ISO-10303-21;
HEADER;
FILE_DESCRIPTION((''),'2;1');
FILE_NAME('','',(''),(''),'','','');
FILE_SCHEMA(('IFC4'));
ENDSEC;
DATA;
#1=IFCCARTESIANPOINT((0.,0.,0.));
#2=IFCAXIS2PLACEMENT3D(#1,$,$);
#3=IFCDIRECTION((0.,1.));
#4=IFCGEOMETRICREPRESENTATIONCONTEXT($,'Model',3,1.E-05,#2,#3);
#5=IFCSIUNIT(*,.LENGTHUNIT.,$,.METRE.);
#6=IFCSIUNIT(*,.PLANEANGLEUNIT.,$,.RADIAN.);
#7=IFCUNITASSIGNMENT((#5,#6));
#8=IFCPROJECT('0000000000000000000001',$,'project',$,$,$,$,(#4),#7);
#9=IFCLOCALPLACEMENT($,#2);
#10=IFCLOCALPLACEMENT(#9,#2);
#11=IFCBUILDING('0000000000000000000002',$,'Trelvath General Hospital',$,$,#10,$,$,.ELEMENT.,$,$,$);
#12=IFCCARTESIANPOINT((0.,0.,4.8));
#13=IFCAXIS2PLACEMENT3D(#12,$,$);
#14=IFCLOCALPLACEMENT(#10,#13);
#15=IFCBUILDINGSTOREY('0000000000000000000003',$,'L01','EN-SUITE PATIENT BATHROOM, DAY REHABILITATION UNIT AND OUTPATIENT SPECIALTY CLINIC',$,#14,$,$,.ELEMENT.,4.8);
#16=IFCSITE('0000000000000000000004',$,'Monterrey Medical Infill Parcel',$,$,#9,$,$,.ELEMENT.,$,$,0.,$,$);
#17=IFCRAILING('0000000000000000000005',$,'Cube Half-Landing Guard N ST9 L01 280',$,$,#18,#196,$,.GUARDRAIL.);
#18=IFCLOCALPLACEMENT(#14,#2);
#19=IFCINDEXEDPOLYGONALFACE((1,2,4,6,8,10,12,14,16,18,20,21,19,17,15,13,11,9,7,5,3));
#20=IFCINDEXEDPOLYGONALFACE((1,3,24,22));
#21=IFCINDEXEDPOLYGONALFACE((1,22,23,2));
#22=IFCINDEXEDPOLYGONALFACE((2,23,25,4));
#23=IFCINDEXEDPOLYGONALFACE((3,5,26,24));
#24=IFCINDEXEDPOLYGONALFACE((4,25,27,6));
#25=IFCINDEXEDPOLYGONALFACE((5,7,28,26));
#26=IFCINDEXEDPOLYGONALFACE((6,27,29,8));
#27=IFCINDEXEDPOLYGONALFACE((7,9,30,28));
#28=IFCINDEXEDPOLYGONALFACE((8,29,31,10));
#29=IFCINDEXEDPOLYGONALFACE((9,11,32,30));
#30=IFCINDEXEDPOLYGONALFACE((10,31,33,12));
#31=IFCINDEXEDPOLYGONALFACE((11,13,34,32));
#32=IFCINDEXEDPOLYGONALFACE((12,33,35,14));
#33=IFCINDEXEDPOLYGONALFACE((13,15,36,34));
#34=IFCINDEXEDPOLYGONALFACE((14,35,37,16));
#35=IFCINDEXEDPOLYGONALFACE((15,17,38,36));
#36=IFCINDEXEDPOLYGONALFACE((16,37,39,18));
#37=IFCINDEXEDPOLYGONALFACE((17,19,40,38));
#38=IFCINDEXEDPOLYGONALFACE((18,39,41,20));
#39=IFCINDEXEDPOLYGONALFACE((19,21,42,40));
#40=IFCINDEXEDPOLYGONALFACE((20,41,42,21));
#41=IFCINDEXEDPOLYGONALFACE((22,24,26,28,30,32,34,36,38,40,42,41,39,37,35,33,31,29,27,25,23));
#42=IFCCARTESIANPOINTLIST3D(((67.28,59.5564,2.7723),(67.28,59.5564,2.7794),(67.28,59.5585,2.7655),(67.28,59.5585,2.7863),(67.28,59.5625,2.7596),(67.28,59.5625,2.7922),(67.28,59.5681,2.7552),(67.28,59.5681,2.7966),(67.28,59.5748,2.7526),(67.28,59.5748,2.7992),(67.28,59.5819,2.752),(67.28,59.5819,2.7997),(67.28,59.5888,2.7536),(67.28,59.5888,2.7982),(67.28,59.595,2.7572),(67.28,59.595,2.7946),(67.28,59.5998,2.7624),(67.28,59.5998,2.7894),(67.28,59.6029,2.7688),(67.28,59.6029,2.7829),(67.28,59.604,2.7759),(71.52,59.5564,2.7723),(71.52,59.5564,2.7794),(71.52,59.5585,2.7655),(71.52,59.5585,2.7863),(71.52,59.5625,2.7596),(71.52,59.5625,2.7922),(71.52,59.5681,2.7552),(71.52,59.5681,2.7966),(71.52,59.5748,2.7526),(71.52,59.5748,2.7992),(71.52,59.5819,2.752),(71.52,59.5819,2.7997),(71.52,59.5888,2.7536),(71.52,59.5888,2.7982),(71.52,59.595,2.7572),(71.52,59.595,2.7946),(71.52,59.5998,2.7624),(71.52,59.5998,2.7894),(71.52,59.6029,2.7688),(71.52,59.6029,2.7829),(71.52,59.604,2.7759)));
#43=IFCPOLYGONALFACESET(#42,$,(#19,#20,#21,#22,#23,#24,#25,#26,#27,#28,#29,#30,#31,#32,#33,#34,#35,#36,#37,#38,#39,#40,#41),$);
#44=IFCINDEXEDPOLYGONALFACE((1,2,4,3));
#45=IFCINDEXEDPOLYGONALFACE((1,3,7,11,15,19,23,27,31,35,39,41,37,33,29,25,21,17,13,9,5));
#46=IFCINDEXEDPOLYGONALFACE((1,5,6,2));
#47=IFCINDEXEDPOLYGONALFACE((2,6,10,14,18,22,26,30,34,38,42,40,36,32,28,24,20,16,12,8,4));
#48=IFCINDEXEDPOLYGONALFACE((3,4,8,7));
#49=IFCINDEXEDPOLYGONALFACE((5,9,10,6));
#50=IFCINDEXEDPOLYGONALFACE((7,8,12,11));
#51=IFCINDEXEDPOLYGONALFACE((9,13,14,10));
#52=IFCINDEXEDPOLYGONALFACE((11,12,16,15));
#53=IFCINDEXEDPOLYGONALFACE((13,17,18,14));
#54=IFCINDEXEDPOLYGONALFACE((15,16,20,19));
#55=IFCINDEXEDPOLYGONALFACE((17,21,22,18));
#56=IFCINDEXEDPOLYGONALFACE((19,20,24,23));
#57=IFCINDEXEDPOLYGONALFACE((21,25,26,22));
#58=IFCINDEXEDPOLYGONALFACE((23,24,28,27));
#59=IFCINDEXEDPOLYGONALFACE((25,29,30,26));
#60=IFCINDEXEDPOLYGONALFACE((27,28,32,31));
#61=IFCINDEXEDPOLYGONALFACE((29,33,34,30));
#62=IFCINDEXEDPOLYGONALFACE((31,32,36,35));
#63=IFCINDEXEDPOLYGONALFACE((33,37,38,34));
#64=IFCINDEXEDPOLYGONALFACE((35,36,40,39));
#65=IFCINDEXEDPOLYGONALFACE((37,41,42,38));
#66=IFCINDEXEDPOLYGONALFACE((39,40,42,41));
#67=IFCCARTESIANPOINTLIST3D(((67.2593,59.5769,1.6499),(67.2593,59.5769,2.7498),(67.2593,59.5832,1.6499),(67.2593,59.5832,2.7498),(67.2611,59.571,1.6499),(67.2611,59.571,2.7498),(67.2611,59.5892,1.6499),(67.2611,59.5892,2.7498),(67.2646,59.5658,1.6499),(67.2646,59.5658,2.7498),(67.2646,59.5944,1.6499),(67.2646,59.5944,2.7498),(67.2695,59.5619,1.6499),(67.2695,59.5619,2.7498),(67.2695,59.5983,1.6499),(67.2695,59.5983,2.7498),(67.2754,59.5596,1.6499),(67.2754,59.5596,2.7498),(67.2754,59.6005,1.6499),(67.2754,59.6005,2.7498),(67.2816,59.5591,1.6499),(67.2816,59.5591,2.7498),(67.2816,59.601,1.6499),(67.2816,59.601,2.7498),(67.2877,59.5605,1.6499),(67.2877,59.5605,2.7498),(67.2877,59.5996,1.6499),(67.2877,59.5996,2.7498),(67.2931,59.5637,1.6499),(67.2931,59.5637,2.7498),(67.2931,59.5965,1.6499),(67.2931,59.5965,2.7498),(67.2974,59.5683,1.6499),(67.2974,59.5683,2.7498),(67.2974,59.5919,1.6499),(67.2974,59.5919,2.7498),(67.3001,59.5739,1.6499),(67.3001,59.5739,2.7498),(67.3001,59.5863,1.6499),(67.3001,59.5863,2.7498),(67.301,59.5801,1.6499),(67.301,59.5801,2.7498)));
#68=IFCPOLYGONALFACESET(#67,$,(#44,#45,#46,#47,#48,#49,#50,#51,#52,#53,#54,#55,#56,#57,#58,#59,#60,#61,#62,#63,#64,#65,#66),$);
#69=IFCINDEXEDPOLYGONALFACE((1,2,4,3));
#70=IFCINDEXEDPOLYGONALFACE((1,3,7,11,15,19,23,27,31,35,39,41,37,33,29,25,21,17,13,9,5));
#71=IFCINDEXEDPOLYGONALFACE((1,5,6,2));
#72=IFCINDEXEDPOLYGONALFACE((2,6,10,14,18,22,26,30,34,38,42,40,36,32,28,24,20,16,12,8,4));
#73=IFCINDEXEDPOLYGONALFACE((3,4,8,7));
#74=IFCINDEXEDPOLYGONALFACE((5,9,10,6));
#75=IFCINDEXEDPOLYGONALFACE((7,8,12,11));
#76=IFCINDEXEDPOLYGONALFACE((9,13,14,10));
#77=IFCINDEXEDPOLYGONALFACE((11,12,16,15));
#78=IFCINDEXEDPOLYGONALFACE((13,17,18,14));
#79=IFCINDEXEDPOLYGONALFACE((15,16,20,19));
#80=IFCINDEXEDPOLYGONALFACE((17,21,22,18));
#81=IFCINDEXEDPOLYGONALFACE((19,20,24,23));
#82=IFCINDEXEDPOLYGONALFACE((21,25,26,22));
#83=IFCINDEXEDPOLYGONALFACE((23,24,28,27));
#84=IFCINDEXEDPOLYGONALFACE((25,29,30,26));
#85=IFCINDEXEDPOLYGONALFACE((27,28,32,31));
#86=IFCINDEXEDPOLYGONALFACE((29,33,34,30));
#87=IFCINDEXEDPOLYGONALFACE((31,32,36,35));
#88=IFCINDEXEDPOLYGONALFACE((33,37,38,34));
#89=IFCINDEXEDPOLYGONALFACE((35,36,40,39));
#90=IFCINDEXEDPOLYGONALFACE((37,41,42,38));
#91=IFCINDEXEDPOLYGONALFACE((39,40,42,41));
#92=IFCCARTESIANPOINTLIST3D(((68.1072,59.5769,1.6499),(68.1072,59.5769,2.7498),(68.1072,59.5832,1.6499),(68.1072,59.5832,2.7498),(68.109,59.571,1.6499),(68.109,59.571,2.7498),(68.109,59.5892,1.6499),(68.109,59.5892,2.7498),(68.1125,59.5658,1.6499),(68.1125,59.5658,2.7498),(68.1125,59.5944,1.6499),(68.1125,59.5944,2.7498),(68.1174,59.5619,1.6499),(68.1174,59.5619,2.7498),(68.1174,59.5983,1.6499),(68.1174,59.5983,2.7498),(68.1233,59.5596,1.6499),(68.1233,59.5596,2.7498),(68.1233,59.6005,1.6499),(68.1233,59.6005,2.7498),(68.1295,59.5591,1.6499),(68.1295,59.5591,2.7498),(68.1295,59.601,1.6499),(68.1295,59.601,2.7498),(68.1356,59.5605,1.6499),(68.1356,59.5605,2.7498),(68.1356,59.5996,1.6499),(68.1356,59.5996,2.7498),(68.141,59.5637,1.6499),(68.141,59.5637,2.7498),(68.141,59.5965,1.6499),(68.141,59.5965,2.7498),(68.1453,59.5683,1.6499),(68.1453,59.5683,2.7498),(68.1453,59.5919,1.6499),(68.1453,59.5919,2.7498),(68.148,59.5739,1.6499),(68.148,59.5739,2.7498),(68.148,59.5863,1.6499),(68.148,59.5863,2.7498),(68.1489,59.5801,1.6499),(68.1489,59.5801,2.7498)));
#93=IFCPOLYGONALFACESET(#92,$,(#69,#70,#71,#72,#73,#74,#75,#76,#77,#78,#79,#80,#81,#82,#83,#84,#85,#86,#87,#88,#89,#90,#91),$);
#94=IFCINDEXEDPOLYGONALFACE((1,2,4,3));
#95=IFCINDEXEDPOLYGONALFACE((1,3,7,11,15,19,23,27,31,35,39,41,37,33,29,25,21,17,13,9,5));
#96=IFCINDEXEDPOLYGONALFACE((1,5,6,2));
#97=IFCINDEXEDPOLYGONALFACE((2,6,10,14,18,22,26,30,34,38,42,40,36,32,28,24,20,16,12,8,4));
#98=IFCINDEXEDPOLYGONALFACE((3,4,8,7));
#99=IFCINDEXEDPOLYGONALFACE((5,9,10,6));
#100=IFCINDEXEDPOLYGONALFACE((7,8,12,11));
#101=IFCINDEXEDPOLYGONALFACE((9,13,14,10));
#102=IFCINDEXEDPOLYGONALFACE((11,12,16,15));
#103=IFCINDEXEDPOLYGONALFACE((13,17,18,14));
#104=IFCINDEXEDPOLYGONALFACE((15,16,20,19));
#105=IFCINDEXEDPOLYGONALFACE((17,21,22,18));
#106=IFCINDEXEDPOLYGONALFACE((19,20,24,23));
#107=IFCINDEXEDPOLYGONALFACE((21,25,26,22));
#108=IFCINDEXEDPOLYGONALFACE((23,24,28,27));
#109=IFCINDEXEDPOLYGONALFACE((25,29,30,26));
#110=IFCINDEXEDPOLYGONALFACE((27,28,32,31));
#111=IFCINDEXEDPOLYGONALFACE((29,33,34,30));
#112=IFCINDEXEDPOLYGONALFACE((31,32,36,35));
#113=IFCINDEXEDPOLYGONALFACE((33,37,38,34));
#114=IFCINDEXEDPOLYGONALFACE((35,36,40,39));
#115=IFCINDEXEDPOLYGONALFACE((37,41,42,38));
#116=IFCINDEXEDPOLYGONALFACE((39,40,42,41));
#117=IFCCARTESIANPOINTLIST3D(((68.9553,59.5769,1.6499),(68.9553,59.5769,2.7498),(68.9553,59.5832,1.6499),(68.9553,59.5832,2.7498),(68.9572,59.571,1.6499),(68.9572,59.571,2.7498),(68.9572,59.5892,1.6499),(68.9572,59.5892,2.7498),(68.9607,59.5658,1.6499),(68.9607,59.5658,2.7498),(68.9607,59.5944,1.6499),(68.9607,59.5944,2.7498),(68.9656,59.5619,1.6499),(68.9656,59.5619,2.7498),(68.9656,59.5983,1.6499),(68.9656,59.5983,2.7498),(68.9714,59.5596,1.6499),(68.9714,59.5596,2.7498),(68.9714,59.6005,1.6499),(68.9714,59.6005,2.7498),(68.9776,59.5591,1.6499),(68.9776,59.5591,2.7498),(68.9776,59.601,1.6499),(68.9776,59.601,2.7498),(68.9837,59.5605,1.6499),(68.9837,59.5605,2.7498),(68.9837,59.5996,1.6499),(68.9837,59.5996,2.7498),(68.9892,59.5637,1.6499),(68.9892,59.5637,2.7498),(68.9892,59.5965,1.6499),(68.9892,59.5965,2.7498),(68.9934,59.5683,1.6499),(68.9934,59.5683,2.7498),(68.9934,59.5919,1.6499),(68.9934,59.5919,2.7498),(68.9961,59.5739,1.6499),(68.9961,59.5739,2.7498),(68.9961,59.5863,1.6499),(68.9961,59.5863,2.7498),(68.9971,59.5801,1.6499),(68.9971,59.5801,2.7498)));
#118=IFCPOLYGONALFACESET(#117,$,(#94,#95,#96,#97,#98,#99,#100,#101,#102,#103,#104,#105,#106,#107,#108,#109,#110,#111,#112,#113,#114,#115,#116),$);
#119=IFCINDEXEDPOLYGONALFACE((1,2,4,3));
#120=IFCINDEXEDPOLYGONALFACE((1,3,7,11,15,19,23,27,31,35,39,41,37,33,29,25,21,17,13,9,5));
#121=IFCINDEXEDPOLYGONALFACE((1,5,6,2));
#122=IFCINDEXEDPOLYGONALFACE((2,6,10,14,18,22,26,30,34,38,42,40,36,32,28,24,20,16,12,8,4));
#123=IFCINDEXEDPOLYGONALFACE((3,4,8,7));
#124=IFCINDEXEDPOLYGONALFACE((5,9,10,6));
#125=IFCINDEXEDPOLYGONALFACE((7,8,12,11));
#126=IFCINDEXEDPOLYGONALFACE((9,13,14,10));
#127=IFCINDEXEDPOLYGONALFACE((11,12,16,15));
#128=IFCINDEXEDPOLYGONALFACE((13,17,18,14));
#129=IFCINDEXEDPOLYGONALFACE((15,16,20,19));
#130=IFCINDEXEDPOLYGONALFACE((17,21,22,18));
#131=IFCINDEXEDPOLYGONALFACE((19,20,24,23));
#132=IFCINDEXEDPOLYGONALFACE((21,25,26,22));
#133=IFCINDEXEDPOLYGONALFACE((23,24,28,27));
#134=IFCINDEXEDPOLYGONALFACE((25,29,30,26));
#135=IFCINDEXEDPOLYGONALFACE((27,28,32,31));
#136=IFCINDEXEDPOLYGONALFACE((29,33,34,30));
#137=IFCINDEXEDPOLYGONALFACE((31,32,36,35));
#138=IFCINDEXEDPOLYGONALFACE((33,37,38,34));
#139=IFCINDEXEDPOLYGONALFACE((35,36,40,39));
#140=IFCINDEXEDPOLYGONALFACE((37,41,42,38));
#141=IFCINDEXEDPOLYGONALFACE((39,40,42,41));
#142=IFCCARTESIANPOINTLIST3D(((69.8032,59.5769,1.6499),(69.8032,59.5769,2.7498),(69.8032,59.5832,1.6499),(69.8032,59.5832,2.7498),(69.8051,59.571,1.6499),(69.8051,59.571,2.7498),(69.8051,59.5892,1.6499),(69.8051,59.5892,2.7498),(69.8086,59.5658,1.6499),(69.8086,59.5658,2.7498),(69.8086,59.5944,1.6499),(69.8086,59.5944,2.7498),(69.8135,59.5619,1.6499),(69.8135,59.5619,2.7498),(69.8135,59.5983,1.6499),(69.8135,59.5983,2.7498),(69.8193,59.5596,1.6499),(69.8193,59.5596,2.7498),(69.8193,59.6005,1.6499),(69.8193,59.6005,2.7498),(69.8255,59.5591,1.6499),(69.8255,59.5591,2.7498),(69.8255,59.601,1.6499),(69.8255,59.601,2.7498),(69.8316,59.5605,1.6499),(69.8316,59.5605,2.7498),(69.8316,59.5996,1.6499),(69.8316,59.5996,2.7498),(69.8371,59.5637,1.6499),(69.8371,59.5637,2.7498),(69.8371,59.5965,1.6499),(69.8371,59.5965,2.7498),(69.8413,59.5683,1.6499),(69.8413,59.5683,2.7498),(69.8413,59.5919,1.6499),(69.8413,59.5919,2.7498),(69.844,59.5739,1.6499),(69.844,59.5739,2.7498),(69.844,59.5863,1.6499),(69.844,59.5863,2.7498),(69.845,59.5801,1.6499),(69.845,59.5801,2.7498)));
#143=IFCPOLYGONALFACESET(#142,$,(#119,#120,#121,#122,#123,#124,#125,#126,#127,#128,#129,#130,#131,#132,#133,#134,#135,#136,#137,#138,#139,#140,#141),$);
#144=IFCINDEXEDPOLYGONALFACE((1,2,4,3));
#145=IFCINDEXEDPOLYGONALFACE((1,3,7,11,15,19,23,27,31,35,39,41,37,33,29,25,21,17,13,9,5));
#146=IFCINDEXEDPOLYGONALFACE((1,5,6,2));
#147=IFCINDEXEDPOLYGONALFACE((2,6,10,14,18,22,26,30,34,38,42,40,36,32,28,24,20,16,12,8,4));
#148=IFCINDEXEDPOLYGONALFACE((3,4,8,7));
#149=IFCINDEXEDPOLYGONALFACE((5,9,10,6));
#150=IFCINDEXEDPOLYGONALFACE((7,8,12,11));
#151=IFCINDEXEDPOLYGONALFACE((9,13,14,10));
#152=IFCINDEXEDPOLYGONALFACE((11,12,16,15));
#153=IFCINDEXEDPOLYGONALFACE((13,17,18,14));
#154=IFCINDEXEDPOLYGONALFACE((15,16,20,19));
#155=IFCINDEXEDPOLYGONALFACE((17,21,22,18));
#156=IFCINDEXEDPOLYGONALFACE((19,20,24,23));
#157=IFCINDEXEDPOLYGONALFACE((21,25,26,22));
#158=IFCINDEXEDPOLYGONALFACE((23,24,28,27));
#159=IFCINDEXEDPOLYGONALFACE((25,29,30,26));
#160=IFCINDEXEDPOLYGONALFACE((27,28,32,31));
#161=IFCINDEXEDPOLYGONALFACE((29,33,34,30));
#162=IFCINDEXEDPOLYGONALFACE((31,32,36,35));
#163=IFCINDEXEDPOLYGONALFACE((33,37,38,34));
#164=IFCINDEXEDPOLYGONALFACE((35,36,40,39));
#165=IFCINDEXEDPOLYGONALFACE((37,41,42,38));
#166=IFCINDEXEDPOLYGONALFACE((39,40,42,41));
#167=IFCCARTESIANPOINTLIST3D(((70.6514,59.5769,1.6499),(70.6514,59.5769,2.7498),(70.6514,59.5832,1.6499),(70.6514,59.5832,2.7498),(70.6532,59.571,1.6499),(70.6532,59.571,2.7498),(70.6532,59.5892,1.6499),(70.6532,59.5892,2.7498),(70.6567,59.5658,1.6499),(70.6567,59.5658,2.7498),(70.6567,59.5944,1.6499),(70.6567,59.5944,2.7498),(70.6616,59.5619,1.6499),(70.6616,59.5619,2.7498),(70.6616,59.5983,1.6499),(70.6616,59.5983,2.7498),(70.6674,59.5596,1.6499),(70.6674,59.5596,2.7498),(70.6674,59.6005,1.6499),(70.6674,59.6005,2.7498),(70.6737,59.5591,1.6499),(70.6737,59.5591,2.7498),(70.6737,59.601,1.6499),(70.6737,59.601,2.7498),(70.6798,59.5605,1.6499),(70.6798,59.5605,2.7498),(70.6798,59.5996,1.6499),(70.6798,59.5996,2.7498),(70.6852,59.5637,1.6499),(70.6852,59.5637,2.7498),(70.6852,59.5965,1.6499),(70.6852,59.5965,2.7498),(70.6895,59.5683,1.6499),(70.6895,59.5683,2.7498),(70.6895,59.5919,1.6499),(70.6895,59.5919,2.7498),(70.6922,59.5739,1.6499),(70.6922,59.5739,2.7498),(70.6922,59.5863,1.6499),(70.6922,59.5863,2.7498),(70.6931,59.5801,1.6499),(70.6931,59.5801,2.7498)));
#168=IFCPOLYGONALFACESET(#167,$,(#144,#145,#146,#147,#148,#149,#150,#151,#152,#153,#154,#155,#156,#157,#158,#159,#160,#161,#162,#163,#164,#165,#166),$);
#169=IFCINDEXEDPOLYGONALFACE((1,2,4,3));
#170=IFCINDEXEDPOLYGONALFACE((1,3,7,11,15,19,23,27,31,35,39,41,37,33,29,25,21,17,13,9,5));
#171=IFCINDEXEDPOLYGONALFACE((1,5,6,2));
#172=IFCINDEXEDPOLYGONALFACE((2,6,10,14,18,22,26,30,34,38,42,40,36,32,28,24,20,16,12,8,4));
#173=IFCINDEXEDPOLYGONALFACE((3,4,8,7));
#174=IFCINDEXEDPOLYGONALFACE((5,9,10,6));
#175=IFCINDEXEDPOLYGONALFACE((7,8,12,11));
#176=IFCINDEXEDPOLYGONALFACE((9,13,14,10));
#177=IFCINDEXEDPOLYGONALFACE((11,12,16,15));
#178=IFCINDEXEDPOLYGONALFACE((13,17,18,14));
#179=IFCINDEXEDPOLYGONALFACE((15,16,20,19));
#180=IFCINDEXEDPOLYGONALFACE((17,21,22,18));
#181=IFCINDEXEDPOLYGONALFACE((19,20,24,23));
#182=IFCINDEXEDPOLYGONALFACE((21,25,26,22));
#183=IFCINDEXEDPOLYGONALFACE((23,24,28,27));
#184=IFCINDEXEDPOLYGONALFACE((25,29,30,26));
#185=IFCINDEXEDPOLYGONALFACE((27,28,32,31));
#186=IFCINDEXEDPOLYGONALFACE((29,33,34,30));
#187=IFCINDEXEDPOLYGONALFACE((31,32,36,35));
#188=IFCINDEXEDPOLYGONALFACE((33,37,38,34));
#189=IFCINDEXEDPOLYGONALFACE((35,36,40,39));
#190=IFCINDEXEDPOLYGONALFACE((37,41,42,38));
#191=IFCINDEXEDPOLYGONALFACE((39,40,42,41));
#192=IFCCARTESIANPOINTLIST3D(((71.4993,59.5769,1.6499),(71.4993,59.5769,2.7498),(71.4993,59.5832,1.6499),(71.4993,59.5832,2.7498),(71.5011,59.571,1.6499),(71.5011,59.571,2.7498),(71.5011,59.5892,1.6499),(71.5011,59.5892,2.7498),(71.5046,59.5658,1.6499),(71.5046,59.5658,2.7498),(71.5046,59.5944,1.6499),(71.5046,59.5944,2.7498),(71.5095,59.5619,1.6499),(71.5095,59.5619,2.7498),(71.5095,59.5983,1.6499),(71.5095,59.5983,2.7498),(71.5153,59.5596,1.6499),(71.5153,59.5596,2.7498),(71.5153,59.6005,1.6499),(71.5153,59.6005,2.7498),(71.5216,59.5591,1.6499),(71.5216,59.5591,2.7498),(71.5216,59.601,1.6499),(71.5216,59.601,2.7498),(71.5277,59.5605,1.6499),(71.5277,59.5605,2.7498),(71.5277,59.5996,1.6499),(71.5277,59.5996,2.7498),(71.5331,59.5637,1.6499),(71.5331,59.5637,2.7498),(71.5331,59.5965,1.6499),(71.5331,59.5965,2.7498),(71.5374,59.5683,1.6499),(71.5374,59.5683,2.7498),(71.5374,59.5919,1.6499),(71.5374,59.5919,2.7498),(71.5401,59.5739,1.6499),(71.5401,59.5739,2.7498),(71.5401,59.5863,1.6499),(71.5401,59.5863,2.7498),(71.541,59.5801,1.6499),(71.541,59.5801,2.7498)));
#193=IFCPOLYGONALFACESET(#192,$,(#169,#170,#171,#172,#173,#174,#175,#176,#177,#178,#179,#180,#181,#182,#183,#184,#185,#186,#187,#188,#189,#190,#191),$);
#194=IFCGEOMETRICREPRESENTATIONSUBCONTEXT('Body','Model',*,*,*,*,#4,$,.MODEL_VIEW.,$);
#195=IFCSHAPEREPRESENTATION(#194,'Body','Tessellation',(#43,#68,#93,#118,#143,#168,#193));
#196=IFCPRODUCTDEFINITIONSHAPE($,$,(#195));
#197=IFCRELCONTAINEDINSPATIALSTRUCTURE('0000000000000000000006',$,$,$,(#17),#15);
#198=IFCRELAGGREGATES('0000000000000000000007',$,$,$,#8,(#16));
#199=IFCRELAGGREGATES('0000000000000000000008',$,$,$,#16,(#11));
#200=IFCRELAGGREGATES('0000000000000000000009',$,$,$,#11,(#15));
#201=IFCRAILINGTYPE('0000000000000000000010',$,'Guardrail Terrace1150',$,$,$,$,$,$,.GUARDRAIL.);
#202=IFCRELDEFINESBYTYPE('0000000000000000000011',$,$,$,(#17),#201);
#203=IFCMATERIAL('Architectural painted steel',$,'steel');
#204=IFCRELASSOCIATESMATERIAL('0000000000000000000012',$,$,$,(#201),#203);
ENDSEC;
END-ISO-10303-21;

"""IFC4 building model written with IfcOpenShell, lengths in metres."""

from ifc_helpers import new_model, si_unit, direction, frame, origin, origin_2d, place, context, subcontext, project, spatial, circle, extrude, material, type_object, element, save


model = new_model("IFC4")

# Units and contexts
model_context = context("Model", 3, precision=1e-05, world=origin(), true_north=direction((0.0, 1.0)))
body_context = subcontext(model_context, "Body", "Model", "MODEL_VIEW")
ifc_project = project(units=[si_unit("LENGTHUNIT", "METRE"), si_unit("PLANEANGLEUNIT", "RADIAN")], contexts=[model_context])

# Site, building, storey
site_placement = place(None, origin())
site = spatial("IfcSite", under=ifc_project, at=site_placement, Name="Monterrey Medical Infill Parcel", CompositionType="ELEMENT", RefElevation=0.0)
building_placement = place(site_placement, origin())
building = spatial("IfcBuilding", under=site, at=building_placement, Name="Trelvath General Hospital", CompositionType="ELEMENT")
storey_placement = place(building_placement, frame((0.0, 0.0, 4.8)))
storey = spatial("IfcBuildingStorey", under=building, at=storey_placement, Name="L01", Description="EN-SUITE PATIENT BATHROOM, DAY REHABILITATION UNIT AND OUTPATIENT SPECIALTY CLINIC", CompositionType="ELEMENT", Elevation=4.8)

# Railing
ifc_material_1 = material(Name="Architectural painted steel", Category="steel")
railing_type = type_object("IfcRailingType", Name="Guardrail Terrace1150", PredefinedType="GUARDRAIL", material=ifc_material_1)
railing_1_placement = place(storey_placement, frame((67.28, 59.5801, 1.6499)))
element("IfcRailing", 1, at=railing_1_placement, inside=storey, type_object=railing_type, Name="Cube Half-Landing Guard N ST9 L01 280", PredefinedType="GUARDRAIL", context=body_context, shape_type="SweptSolid", body=[
    extrude(circle(Radius=0.0239, at=origin_2d()), frame((0.0, 0.0, 1.126), z_axis=(1.0, 0.0, 0.0), x_axis=(0.0, 1.0, 0.0)), (0.0, 0.0, 1.0), 4.24),
    extrude(circle(Radius=0.021, at=origin_2d()), origin(), (0.0, 0.0, 1.0), 1.0999),
    extrude(circle(Radius=0.021, at=origin_2d()), frame((0.8479, 0.0, 0.0)), (0.0, 0.0, 1.0), 1.0999),
    extrude(circle(Radius=0.021, at=origin_2d()), frame((1.696, 0.0, 0.0)), (0.0, 0.0, 1.0), 1.0999),
    extrude(circle(Radius=0.021, at=origin_2d()), frame((2.5439, 0.0, 0.0)), (0.0, 0.0, 1.0), 1.0999),
    extrude(circle(Radius=0.021, at=origin_2d()), frame((3.3921, 0.0, 0.0)), (0.0, 0.0, 1.0), 1.0999),
    extrude(circle(Radius=0.021, at=origin_2d()), frame((4.24, 0.0, 0.0)), (0.0, 0.0, 1.0), 1.0999),
])

save(model, "model.ifc")
